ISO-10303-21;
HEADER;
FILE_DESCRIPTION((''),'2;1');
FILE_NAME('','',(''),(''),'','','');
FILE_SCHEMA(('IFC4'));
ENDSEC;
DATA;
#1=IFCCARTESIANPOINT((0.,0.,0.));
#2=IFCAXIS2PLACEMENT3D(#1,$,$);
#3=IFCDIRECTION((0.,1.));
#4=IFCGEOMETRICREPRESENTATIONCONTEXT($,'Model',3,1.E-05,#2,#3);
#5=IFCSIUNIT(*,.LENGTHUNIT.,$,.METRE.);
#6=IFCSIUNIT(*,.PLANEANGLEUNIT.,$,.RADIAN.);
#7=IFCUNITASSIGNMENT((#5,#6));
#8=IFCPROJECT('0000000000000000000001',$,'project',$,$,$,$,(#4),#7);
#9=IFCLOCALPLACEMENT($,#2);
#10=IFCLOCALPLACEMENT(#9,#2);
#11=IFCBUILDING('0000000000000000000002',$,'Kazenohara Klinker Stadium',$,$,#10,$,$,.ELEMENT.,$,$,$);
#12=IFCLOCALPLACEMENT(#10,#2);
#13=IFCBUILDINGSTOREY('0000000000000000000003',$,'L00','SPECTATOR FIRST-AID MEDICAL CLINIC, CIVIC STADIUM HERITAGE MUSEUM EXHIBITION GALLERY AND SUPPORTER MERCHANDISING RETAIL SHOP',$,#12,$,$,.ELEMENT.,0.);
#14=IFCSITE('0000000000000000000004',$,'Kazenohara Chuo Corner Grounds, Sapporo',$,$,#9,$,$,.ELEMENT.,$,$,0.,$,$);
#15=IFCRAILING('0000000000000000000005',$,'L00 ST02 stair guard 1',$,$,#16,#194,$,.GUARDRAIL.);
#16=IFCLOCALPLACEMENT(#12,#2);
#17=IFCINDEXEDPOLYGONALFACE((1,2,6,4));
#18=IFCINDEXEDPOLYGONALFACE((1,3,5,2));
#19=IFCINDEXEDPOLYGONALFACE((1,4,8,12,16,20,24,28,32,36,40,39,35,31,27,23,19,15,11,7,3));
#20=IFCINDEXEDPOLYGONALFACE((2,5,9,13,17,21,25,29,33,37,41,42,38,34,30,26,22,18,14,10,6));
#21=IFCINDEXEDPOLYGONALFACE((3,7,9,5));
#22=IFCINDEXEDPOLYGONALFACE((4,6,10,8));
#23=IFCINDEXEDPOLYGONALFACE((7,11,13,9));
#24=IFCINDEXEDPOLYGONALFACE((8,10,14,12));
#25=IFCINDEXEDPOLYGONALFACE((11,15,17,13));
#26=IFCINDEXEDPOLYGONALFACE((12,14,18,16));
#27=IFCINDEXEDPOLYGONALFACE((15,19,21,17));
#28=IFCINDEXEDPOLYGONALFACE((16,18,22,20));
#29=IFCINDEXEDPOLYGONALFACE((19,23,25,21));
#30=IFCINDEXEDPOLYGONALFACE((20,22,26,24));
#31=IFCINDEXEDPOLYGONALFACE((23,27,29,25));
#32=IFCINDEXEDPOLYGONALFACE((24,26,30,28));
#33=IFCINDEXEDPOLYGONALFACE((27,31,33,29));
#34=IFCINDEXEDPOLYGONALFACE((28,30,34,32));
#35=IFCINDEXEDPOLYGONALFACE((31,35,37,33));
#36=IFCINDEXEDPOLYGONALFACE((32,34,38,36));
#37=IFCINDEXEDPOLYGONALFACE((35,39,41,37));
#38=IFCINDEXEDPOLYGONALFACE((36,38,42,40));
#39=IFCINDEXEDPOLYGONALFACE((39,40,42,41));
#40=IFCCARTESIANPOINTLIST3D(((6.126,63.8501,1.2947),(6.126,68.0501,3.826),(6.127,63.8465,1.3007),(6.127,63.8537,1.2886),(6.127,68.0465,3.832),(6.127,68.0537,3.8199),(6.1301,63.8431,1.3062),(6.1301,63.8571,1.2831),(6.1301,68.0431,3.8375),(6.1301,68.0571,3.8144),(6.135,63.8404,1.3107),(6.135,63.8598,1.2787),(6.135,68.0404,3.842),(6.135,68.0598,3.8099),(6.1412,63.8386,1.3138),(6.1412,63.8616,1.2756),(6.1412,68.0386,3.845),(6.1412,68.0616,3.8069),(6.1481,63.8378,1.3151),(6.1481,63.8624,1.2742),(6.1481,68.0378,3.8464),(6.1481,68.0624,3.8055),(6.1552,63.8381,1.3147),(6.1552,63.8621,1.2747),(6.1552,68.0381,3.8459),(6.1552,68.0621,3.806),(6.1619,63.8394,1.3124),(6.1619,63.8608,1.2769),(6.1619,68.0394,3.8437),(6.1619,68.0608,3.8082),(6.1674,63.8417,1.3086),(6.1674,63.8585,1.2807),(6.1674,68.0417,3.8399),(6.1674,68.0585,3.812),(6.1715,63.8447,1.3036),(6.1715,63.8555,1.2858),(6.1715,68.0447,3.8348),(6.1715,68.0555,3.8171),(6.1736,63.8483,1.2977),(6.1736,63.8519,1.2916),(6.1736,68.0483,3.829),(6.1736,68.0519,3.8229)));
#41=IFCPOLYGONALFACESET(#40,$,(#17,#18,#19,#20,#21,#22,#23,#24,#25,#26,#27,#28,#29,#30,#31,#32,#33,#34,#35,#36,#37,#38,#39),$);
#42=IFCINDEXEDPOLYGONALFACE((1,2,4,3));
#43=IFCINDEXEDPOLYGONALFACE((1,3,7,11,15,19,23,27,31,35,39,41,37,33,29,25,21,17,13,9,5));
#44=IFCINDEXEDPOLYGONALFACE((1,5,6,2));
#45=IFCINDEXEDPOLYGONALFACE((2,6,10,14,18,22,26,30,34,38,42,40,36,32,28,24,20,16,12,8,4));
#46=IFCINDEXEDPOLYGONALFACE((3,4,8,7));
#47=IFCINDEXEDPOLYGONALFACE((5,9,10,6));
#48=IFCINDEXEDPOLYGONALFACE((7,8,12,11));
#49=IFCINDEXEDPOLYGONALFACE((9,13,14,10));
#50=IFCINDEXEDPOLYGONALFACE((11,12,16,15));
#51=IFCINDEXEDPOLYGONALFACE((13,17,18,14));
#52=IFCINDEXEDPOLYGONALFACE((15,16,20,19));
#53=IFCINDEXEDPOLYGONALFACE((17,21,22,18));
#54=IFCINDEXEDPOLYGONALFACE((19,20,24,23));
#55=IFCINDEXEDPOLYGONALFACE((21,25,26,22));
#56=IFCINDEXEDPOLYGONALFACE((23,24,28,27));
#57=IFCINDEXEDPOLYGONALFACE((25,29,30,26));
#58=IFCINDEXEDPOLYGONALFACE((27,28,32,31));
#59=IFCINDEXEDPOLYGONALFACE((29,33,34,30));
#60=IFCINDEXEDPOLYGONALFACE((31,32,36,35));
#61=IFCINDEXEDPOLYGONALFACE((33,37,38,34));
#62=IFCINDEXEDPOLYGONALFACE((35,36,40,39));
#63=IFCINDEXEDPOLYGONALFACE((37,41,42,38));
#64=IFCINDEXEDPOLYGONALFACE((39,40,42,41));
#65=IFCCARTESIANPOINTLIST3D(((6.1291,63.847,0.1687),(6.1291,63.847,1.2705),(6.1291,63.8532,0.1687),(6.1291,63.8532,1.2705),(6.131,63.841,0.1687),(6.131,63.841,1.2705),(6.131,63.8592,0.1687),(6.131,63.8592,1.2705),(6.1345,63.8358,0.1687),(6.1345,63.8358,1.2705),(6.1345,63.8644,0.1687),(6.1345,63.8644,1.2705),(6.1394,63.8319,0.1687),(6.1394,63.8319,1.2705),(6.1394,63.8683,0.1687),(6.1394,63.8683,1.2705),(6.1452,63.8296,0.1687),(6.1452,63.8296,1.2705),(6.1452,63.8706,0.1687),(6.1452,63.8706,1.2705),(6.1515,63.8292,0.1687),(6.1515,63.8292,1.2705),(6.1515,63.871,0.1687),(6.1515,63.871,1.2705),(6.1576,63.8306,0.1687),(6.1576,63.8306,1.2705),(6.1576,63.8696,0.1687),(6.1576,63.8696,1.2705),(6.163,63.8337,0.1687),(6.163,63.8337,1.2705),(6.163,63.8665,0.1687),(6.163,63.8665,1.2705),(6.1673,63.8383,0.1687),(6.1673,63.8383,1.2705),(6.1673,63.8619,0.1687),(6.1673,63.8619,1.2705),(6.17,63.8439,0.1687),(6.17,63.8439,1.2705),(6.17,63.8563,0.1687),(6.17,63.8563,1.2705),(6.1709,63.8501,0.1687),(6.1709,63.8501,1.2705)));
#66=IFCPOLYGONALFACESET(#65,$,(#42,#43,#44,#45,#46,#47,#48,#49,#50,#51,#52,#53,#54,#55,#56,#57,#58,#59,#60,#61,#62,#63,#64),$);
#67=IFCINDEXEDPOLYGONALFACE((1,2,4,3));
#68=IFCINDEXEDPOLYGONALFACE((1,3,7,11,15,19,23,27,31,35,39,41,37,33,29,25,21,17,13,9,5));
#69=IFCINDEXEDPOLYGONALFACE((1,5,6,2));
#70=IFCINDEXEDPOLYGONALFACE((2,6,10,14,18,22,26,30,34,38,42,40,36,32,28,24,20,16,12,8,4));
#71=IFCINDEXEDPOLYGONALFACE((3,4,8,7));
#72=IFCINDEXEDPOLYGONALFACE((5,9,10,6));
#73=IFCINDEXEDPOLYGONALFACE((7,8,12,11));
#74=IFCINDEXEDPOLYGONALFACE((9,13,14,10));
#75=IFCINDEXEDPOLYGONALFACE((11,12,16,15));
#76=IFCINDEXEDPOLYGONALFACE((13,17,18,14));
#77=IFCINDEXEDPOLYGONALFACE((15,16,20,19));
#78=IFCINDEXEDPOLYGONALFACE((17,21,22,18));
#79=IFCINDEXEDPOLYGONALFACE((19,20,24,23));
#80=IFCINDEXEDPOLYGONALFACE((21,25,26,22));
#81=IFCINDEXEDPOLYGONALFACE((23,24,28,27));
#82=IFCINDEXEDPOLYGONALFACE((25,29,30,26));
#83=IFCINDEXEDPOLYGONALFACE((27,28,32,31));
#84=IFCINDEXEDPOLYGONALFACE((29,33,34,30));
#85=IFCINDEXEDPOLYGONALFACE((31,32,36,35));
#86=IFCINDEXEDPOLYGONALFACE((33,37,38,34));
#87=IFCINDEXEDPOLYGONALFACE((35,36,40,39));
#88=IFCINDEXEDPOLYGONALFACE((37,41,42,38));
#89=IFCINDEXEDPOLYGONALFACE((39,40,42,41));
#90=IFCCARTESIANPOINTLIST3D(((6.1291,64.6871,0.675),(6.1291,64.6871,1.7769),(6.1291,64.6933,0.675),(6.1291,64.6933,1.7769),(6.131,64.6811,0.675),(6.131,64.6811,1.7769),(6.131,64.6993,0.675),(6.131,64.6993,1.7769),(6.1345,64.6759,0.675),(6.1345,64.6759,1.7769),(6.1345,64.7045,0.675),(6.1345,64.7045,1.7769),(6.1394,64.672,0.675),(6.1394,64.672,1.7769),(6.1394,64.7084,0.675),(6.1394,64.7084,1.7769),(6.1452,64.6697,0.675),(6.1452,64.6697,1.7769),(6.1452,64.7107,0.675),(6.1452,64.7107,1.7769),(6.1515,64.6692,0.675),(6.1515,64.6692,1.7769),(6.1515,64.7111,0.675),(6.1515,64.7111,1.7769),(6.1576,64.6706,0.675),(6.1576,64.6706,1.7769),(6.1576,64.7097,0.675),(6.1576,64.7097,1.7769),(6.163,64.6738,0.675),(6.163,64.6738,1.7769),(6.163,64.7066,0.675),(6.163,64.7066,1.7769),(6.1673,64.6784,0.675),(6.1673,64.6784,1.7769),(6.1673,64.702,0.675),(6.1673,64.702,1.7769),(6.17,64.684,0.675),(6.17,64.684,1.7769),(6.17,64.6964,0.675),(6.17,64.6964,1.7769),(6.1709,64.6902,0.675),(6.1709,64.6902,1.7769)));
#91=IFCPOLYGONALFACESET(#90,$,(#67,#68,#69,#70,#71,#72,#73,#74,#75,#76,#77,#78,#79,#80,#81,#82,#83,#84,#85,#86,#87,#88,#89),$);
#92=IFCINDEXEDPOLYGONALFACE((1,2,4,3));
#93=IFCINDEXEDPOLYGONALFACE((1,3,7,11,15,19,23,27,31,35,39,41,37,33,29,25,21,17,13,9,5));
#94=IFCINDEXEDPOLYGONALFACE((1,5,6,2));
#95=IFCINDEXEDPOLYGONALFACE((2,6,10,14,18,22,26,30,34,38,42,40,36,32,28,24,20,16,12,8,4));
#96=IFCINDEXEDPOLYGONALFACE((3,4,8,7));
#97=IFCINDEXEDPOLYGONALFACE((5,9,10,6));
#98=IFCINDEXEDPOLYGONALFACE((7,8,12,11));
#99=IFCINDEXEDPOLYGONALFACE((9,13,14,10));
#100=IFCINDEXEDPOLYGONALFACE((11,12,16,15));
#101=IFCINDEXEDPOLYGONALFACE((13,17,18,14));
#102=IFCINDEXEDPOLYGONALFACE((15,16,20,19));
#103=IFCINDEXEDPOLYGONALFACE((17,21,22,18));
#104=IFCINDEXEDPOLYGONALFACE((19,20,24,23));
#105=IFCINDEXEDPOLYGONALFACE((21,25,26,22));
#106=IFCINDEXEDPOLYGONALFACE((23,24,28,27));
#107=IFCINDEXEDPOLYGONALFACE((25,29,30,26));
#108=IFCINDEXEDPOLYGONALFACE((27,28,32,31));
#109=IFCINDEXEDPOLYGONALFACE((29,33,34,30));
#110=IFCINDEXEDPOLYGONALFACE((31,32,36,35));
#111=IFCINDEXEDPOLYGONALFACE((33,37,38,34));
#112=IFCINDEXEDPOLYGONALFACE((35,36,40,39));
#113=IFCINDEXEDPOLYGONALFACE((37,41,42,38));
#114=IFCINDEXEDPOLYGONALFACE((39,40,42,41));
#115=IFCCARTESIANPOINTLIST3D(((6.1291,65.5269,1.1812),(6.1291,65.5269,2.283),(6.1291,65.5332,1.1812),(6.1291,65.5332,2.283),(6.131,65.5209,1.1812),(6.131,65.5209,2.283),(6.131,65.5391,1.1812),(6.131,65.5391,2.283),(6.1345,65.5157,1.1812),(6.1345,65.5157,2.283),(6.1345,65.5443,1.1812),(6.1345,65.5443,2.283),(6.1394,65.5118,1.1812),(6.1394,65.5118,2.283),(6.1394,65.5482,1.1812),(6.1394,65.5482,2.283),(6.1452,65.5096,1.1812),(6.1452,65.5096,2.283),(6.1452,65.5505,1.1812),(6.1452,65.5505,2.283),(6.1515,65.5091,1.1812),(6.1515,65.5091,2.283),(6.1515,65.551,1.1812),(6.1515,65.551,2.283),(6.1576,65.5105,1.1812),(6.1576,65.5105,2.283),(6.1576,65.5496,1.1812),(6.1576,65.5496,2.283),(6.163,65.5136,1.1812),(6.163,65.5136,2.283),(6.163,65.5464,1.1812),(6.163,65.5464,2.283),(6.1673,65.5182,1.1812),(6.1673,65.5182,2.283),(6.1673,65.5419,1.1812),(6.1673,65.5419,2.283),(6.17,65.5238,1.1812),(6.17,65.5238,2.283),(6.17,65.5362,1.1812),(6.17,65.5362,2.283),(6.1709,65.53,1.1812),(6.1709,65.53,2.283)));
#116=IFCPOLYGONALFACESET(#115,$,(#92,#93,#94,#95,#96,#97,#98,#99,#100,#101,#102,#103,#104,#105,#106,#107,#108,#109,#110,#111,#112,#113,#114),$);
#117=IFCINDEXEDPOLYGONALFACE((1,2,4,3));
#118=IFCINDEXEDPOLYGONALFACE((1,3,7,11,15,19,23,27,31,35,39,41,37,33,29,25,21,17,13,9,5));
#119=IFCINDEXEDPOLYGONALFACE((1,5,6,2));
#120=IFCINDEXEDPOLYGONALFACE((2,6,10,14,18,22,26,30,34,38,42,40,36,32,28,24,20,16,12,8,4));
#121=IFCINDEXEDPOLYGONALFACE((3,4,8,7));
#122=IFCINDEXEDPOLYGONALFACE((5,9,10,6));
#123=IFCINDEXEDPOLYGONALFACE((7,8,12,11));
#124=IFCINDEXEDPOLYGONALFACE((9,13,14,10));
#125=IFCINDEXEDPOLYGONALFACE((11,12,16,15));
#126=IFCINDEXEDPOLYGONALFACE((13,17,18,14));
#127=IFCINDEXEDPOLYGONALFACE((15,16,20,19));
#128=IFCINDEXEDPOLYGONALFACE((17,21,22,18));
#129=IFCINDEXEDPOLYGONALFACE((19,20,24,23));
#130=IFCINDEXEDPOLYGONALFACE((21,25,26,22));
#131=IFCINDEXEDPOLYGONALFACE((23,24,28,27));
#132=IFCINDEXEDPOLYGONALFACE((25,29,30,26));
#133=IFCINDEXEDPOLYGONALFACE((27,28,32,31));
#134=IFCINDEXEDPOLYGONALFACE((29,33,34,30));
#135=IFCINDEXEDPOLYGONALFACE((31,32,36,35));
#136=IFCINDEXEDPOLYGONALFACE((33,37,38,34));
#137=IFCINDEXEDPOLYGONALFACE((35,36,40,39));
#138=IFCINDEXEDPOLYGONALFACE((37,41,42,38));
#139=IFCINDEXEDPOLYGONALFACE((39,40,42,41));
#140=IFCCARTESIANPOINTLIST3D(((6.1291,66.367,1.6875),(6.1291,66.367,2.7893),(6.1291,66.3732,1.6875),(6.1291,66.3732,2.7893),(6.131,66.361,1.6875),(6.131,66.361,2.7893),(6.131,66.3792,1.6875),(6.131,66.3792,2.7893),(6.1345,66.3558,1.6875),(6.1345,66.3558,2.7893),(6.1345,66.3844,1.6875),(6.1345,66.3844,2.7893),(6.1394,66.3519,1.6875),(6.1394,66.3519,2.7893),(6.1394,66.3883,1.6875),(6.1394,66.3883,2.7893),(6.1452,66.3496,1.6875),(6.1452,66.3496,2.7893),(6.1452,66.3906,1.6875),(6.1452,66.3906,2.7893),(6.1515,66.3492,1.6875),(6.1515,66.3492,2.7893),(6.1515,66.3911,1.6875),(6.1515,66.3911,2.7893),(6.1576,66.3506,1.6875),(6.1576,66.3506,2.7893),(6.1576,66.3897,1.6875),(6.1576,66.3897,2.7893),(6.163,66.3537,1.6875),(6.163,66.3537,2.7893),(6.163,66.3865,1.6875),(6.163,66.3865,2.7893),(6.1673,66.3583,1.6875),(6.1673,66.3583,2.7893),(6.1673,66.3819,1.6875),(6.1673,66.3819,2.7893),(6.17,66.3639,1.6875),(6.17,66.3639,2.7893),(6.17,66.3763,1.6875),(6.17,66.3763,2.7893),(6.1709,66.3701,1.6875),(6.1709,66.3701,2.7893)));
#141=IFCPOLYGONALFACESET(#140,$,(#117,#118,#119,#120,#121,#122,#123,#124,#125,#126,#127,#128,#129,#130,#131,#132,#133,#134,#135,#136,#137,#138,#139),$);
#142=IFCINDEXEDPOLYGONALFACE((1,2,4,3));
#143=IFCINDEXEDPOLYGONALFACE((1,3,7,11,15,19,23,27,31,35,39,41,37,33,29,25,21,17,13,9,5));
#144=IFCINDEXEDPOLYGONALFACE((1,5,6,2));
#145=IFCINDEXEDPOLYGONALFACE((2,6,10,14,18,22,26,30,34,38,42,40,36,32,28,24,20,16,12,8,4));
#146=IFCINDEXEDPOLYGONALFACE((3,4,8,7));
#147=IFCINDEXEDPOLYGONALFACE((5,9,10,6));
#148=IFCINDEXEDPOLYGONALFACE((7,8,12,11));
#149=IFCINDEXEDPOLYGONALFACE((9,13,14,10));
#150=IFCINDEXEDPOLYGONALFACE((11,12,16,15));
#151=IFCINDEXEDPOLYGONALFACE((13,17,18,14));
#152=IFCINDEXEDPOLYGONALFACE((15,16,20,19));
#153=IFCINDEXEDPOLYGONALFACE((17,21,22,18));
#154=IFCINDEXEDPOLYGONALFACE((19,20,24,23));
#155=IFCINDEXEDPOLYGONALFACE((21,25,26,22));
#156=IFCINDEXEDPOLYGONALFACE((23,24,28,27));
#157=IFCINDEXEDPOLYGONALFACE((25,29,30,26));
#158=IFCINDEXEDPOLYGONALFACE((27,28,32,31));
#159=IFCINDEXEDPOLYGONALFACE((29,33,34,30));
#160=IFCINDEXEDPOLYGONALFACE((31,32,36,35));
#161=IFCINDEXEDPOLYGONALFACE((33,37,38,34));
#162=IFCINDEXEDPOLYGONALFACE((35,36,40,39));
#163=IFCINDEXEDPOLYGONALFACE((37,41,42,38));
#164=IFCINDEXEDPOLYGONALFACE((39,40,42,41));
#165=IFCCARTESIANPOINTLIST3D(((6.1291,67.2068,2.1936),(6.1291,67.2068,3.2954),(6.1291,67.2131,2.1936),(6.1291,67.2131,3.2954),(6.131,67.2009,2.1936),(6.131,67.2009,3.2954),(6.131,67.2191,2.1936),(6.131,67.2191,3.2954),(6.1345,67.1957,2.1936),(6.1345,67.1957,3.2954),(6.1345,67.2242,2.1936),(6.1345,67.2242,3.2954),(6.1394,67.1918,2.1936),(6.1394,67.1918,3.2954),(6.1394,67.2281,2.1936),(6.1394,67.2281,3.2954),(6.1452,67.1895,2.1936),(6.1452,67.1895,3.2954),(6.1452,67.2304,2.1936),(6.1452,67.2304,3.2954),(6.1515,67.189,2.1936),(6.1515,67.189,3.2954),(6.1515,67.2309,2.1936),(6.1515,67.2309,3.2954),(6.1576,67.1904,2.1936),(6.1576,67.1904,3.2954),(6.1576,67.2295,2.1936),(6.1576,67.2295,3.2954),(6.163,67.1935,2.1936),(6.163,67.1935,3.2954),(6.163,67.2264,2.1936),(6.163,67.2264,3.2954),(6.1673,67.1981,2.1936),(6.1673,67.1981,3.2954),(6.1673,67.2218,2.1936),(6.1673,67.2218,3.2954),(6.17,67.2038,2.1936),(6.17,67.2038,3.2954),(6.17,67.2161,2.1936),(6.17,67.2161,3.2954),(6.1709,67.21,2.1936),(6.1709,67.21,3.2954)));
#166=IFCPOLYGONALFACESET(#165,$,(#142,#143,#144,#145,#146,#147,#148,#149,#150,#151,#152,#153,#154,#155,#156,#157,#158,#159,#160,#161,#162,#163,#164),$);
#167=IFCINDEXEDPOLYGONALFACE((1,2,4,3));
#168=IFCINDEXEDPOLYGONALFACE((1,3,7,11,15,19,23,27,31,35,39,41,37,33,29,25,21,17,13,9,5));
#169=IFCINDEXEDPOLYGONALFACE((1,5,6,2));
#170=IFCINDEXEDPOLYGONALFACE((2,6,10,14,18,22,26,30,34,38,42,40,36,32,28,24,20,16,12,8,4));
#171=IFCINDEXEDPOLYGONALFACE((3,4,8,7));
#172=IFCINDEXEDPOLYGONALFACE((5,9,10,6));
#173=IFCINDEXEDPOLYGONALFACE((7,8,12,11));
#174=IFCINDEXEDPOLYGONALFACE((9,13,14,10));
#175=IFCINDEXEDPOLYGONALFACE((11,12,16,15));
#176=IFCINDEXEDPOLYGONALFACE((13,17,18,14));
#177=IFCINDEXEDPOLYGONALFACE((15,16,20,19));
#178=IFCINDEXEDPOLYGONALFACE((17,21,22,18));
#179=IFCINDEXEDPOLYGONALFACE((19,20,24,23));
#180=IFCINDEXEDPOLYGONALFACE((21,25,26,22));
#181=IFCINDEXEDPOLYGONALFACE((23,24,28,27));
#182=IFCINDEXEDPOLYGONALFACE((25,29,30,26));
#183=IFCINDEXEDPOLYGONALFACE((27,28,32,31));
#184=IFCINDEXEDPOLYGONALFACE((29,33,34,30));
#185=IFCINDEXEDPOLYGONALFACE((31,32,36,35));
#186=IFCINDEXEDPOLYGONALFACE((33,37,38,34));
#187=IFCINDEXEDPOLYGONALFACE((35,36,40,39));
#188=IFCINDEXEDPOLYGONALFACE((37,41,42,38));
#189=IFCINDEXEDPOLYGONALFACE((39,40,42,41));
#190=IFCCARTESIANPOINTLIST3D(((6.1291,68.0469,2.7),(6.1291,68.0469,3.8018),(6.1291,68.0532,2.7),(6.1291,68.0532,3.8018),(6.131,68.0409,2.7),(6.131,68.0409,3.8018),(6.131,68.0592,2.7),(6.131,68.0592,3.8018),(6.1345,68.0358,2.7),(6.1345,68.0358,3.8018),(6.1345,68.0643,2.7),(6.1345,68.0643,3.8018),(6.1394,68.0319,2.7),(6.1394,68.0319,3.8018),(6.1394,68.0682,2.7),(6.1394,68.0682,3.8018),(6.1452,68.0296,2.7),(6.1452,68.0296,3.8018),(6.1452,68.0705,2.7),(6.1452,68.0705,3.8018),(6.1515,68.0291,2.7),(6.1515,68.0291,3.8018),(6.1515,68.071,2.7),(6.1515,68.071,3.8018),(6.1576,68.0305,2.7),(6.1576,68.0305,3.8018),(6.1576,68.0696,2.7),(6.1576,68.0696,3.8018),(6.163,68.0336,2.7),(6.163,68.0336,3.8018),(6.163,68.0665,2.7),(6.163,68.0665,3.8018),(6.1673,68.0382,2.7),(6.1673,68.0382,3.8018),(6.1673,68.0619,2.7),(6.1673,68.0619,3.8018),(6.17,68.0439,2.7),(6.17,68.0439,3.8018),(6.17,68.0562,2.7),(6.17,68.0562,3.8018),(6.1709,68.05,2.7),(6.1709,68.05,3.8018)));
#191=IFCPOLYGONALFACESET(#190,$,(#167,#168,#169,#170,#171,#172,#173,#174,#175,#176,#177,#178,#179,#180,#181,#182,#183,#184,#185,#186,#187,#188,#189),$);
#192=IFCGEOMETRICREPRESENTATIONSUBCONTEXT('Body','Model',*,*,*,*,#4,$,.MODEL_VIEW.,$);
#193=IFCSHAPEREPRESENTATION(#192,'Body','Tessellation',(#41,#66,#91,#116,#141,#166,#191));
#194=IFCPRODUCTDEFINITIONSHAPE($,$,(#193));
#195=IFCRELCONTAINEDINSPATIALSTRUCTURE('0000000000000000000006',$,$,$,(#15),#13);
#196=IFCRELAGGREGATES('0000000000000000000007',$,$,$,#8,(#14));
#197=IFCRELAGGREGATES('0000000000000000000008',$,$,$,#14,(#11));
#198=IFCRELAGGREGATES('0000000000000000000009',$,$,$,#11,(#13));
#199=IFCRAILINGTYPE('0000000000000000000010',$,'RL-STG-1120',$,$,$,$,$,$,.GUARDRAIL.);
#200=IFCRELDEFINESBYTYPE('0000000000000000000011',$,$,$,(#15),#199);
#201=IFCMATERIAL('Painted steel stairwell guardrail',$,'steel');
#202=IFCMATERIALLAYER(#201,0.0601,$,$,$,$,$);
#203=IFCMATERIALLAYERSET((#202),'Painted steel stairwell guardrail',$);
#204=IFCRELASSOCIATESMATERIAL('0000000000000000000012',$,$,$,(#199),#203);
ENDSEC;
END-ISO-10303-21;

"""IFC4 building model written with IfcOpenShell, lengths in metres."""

from ifc_helpers import new_model, si_unit, direction, frame, origin, origin_2d, place, context, subcontext, project, spatial, circle, extrude, material, layer, layer_set, type_object, element, save


model = new_model("IFC4")

# Units and contexts
model_context = context("Model", 3, precision=1e-05, world=origin(), true_north=direction((0.0, 1.0)))
body_context = subcontext(model_context, "Body", "Model", "MODEL_VIEW")
ifc_project = project(units=[si_unit("LENGTHUNIT", "METRE"), si_unit("PLANEANGLEUNIT", "RADIAN")], contexts=[model_context])

# Site, building, storey
site_placement = place(None, origin())
site = spatial("IfcSite", under=ifc_project, at=site_placement, Name="Kazenohara Chuo Corner Grounds, Sapporo", CompositionType="ELEMENT", RefElevation=0.0)
building_placement = place(site_placement, origin())
building = spatial("IfcBuilding", under=site, at=building_placement, Name="Kazenohara Klinker Stadium", CompositionType="ELEMENT")
storey_placement = place(building_placement, origin())
storey = spatial("IfcBuildingStorey", under=building, at=storey_placement, Name="L00", Description="SPECTATOR FIRST-AID MEDICAL CLINIC, CIVIC STADIUM HERITAGE MUSEUM EXHIBITION GALLERY AND SUPPORTER MERCHANDISING RETAIL SHOP", CompositionType="ELEMENT", Elevation=0.0)

# Railing
ifc_material_1 = material(Name="Painted steel stairwell guardrail", Category="steel")
ifc_layer_1 = layer(ifc_material_1, 0.0601)
ifc_layer_set_1 = layer_set([ifc_layer_1], Name="Painted steel stairwell guardrail")
railing_type_1 = type_object("IfcRailingType", Name="RL-STG-1120", PredefinedType="GUARDRAIL", material=ifc_layer_set_1)
railing_1_placement = place(storey_placement, frame((6.1499, 63.8501, 0.1687)))
element("IfcRailing", 1, at=railing_1_placement, inside=storey, type_object=railing_type_1, Name="L00 ST02 stair guard 1", PredefinedType="GUARDRAIL", context=body_context, shape_type="SweptSolid", body=[
    extrude(circle(Radius=0.0239, at=origin_2d()), frame((0.0, 0.0, 1.126), z_axis=(0.0, 0.856476, 0.516186), x_axis=(-1.0, 0.0, 0.0)), (0.0, 0.0, 1.0), 4.9038),
    extrude(circle(Radius=0.021, at=origin_2d()), origin(), (0.0, 0.0, 1.0), 1.1018),
    extrude(circle(Radius=0.021, at=origin_2d()), frame((0.0, 0.8401, 0.5063)), (0.0, 0.0, 1.0), 1.1018),
    extrude(circle(Radius=0.021, at=origin_2d()), frame((0.0, 1.6799, 1.0125)), (0.0, 0.0, 1.0), 1.1018),
    extrude(circle(Radius=0.021, at=origin_2d()), frame((0.0, 2.52, 1.5188)), (0.0, 0.0, 1.0), 1.1018),
    extrude(circle(Radius=0.021, at=origin_2d()), frame((0.0, 3.3599, 2.0249)), (0.0, 0.0, 1.0), 1.1018),
    extrude(circle(Radius=0.021, at=origin_2d()), frame((0.0, 4.2, 2.5312)), (0.0, 0.0, 1.0), 1.1018),
])

save(model, "model.ifc")
